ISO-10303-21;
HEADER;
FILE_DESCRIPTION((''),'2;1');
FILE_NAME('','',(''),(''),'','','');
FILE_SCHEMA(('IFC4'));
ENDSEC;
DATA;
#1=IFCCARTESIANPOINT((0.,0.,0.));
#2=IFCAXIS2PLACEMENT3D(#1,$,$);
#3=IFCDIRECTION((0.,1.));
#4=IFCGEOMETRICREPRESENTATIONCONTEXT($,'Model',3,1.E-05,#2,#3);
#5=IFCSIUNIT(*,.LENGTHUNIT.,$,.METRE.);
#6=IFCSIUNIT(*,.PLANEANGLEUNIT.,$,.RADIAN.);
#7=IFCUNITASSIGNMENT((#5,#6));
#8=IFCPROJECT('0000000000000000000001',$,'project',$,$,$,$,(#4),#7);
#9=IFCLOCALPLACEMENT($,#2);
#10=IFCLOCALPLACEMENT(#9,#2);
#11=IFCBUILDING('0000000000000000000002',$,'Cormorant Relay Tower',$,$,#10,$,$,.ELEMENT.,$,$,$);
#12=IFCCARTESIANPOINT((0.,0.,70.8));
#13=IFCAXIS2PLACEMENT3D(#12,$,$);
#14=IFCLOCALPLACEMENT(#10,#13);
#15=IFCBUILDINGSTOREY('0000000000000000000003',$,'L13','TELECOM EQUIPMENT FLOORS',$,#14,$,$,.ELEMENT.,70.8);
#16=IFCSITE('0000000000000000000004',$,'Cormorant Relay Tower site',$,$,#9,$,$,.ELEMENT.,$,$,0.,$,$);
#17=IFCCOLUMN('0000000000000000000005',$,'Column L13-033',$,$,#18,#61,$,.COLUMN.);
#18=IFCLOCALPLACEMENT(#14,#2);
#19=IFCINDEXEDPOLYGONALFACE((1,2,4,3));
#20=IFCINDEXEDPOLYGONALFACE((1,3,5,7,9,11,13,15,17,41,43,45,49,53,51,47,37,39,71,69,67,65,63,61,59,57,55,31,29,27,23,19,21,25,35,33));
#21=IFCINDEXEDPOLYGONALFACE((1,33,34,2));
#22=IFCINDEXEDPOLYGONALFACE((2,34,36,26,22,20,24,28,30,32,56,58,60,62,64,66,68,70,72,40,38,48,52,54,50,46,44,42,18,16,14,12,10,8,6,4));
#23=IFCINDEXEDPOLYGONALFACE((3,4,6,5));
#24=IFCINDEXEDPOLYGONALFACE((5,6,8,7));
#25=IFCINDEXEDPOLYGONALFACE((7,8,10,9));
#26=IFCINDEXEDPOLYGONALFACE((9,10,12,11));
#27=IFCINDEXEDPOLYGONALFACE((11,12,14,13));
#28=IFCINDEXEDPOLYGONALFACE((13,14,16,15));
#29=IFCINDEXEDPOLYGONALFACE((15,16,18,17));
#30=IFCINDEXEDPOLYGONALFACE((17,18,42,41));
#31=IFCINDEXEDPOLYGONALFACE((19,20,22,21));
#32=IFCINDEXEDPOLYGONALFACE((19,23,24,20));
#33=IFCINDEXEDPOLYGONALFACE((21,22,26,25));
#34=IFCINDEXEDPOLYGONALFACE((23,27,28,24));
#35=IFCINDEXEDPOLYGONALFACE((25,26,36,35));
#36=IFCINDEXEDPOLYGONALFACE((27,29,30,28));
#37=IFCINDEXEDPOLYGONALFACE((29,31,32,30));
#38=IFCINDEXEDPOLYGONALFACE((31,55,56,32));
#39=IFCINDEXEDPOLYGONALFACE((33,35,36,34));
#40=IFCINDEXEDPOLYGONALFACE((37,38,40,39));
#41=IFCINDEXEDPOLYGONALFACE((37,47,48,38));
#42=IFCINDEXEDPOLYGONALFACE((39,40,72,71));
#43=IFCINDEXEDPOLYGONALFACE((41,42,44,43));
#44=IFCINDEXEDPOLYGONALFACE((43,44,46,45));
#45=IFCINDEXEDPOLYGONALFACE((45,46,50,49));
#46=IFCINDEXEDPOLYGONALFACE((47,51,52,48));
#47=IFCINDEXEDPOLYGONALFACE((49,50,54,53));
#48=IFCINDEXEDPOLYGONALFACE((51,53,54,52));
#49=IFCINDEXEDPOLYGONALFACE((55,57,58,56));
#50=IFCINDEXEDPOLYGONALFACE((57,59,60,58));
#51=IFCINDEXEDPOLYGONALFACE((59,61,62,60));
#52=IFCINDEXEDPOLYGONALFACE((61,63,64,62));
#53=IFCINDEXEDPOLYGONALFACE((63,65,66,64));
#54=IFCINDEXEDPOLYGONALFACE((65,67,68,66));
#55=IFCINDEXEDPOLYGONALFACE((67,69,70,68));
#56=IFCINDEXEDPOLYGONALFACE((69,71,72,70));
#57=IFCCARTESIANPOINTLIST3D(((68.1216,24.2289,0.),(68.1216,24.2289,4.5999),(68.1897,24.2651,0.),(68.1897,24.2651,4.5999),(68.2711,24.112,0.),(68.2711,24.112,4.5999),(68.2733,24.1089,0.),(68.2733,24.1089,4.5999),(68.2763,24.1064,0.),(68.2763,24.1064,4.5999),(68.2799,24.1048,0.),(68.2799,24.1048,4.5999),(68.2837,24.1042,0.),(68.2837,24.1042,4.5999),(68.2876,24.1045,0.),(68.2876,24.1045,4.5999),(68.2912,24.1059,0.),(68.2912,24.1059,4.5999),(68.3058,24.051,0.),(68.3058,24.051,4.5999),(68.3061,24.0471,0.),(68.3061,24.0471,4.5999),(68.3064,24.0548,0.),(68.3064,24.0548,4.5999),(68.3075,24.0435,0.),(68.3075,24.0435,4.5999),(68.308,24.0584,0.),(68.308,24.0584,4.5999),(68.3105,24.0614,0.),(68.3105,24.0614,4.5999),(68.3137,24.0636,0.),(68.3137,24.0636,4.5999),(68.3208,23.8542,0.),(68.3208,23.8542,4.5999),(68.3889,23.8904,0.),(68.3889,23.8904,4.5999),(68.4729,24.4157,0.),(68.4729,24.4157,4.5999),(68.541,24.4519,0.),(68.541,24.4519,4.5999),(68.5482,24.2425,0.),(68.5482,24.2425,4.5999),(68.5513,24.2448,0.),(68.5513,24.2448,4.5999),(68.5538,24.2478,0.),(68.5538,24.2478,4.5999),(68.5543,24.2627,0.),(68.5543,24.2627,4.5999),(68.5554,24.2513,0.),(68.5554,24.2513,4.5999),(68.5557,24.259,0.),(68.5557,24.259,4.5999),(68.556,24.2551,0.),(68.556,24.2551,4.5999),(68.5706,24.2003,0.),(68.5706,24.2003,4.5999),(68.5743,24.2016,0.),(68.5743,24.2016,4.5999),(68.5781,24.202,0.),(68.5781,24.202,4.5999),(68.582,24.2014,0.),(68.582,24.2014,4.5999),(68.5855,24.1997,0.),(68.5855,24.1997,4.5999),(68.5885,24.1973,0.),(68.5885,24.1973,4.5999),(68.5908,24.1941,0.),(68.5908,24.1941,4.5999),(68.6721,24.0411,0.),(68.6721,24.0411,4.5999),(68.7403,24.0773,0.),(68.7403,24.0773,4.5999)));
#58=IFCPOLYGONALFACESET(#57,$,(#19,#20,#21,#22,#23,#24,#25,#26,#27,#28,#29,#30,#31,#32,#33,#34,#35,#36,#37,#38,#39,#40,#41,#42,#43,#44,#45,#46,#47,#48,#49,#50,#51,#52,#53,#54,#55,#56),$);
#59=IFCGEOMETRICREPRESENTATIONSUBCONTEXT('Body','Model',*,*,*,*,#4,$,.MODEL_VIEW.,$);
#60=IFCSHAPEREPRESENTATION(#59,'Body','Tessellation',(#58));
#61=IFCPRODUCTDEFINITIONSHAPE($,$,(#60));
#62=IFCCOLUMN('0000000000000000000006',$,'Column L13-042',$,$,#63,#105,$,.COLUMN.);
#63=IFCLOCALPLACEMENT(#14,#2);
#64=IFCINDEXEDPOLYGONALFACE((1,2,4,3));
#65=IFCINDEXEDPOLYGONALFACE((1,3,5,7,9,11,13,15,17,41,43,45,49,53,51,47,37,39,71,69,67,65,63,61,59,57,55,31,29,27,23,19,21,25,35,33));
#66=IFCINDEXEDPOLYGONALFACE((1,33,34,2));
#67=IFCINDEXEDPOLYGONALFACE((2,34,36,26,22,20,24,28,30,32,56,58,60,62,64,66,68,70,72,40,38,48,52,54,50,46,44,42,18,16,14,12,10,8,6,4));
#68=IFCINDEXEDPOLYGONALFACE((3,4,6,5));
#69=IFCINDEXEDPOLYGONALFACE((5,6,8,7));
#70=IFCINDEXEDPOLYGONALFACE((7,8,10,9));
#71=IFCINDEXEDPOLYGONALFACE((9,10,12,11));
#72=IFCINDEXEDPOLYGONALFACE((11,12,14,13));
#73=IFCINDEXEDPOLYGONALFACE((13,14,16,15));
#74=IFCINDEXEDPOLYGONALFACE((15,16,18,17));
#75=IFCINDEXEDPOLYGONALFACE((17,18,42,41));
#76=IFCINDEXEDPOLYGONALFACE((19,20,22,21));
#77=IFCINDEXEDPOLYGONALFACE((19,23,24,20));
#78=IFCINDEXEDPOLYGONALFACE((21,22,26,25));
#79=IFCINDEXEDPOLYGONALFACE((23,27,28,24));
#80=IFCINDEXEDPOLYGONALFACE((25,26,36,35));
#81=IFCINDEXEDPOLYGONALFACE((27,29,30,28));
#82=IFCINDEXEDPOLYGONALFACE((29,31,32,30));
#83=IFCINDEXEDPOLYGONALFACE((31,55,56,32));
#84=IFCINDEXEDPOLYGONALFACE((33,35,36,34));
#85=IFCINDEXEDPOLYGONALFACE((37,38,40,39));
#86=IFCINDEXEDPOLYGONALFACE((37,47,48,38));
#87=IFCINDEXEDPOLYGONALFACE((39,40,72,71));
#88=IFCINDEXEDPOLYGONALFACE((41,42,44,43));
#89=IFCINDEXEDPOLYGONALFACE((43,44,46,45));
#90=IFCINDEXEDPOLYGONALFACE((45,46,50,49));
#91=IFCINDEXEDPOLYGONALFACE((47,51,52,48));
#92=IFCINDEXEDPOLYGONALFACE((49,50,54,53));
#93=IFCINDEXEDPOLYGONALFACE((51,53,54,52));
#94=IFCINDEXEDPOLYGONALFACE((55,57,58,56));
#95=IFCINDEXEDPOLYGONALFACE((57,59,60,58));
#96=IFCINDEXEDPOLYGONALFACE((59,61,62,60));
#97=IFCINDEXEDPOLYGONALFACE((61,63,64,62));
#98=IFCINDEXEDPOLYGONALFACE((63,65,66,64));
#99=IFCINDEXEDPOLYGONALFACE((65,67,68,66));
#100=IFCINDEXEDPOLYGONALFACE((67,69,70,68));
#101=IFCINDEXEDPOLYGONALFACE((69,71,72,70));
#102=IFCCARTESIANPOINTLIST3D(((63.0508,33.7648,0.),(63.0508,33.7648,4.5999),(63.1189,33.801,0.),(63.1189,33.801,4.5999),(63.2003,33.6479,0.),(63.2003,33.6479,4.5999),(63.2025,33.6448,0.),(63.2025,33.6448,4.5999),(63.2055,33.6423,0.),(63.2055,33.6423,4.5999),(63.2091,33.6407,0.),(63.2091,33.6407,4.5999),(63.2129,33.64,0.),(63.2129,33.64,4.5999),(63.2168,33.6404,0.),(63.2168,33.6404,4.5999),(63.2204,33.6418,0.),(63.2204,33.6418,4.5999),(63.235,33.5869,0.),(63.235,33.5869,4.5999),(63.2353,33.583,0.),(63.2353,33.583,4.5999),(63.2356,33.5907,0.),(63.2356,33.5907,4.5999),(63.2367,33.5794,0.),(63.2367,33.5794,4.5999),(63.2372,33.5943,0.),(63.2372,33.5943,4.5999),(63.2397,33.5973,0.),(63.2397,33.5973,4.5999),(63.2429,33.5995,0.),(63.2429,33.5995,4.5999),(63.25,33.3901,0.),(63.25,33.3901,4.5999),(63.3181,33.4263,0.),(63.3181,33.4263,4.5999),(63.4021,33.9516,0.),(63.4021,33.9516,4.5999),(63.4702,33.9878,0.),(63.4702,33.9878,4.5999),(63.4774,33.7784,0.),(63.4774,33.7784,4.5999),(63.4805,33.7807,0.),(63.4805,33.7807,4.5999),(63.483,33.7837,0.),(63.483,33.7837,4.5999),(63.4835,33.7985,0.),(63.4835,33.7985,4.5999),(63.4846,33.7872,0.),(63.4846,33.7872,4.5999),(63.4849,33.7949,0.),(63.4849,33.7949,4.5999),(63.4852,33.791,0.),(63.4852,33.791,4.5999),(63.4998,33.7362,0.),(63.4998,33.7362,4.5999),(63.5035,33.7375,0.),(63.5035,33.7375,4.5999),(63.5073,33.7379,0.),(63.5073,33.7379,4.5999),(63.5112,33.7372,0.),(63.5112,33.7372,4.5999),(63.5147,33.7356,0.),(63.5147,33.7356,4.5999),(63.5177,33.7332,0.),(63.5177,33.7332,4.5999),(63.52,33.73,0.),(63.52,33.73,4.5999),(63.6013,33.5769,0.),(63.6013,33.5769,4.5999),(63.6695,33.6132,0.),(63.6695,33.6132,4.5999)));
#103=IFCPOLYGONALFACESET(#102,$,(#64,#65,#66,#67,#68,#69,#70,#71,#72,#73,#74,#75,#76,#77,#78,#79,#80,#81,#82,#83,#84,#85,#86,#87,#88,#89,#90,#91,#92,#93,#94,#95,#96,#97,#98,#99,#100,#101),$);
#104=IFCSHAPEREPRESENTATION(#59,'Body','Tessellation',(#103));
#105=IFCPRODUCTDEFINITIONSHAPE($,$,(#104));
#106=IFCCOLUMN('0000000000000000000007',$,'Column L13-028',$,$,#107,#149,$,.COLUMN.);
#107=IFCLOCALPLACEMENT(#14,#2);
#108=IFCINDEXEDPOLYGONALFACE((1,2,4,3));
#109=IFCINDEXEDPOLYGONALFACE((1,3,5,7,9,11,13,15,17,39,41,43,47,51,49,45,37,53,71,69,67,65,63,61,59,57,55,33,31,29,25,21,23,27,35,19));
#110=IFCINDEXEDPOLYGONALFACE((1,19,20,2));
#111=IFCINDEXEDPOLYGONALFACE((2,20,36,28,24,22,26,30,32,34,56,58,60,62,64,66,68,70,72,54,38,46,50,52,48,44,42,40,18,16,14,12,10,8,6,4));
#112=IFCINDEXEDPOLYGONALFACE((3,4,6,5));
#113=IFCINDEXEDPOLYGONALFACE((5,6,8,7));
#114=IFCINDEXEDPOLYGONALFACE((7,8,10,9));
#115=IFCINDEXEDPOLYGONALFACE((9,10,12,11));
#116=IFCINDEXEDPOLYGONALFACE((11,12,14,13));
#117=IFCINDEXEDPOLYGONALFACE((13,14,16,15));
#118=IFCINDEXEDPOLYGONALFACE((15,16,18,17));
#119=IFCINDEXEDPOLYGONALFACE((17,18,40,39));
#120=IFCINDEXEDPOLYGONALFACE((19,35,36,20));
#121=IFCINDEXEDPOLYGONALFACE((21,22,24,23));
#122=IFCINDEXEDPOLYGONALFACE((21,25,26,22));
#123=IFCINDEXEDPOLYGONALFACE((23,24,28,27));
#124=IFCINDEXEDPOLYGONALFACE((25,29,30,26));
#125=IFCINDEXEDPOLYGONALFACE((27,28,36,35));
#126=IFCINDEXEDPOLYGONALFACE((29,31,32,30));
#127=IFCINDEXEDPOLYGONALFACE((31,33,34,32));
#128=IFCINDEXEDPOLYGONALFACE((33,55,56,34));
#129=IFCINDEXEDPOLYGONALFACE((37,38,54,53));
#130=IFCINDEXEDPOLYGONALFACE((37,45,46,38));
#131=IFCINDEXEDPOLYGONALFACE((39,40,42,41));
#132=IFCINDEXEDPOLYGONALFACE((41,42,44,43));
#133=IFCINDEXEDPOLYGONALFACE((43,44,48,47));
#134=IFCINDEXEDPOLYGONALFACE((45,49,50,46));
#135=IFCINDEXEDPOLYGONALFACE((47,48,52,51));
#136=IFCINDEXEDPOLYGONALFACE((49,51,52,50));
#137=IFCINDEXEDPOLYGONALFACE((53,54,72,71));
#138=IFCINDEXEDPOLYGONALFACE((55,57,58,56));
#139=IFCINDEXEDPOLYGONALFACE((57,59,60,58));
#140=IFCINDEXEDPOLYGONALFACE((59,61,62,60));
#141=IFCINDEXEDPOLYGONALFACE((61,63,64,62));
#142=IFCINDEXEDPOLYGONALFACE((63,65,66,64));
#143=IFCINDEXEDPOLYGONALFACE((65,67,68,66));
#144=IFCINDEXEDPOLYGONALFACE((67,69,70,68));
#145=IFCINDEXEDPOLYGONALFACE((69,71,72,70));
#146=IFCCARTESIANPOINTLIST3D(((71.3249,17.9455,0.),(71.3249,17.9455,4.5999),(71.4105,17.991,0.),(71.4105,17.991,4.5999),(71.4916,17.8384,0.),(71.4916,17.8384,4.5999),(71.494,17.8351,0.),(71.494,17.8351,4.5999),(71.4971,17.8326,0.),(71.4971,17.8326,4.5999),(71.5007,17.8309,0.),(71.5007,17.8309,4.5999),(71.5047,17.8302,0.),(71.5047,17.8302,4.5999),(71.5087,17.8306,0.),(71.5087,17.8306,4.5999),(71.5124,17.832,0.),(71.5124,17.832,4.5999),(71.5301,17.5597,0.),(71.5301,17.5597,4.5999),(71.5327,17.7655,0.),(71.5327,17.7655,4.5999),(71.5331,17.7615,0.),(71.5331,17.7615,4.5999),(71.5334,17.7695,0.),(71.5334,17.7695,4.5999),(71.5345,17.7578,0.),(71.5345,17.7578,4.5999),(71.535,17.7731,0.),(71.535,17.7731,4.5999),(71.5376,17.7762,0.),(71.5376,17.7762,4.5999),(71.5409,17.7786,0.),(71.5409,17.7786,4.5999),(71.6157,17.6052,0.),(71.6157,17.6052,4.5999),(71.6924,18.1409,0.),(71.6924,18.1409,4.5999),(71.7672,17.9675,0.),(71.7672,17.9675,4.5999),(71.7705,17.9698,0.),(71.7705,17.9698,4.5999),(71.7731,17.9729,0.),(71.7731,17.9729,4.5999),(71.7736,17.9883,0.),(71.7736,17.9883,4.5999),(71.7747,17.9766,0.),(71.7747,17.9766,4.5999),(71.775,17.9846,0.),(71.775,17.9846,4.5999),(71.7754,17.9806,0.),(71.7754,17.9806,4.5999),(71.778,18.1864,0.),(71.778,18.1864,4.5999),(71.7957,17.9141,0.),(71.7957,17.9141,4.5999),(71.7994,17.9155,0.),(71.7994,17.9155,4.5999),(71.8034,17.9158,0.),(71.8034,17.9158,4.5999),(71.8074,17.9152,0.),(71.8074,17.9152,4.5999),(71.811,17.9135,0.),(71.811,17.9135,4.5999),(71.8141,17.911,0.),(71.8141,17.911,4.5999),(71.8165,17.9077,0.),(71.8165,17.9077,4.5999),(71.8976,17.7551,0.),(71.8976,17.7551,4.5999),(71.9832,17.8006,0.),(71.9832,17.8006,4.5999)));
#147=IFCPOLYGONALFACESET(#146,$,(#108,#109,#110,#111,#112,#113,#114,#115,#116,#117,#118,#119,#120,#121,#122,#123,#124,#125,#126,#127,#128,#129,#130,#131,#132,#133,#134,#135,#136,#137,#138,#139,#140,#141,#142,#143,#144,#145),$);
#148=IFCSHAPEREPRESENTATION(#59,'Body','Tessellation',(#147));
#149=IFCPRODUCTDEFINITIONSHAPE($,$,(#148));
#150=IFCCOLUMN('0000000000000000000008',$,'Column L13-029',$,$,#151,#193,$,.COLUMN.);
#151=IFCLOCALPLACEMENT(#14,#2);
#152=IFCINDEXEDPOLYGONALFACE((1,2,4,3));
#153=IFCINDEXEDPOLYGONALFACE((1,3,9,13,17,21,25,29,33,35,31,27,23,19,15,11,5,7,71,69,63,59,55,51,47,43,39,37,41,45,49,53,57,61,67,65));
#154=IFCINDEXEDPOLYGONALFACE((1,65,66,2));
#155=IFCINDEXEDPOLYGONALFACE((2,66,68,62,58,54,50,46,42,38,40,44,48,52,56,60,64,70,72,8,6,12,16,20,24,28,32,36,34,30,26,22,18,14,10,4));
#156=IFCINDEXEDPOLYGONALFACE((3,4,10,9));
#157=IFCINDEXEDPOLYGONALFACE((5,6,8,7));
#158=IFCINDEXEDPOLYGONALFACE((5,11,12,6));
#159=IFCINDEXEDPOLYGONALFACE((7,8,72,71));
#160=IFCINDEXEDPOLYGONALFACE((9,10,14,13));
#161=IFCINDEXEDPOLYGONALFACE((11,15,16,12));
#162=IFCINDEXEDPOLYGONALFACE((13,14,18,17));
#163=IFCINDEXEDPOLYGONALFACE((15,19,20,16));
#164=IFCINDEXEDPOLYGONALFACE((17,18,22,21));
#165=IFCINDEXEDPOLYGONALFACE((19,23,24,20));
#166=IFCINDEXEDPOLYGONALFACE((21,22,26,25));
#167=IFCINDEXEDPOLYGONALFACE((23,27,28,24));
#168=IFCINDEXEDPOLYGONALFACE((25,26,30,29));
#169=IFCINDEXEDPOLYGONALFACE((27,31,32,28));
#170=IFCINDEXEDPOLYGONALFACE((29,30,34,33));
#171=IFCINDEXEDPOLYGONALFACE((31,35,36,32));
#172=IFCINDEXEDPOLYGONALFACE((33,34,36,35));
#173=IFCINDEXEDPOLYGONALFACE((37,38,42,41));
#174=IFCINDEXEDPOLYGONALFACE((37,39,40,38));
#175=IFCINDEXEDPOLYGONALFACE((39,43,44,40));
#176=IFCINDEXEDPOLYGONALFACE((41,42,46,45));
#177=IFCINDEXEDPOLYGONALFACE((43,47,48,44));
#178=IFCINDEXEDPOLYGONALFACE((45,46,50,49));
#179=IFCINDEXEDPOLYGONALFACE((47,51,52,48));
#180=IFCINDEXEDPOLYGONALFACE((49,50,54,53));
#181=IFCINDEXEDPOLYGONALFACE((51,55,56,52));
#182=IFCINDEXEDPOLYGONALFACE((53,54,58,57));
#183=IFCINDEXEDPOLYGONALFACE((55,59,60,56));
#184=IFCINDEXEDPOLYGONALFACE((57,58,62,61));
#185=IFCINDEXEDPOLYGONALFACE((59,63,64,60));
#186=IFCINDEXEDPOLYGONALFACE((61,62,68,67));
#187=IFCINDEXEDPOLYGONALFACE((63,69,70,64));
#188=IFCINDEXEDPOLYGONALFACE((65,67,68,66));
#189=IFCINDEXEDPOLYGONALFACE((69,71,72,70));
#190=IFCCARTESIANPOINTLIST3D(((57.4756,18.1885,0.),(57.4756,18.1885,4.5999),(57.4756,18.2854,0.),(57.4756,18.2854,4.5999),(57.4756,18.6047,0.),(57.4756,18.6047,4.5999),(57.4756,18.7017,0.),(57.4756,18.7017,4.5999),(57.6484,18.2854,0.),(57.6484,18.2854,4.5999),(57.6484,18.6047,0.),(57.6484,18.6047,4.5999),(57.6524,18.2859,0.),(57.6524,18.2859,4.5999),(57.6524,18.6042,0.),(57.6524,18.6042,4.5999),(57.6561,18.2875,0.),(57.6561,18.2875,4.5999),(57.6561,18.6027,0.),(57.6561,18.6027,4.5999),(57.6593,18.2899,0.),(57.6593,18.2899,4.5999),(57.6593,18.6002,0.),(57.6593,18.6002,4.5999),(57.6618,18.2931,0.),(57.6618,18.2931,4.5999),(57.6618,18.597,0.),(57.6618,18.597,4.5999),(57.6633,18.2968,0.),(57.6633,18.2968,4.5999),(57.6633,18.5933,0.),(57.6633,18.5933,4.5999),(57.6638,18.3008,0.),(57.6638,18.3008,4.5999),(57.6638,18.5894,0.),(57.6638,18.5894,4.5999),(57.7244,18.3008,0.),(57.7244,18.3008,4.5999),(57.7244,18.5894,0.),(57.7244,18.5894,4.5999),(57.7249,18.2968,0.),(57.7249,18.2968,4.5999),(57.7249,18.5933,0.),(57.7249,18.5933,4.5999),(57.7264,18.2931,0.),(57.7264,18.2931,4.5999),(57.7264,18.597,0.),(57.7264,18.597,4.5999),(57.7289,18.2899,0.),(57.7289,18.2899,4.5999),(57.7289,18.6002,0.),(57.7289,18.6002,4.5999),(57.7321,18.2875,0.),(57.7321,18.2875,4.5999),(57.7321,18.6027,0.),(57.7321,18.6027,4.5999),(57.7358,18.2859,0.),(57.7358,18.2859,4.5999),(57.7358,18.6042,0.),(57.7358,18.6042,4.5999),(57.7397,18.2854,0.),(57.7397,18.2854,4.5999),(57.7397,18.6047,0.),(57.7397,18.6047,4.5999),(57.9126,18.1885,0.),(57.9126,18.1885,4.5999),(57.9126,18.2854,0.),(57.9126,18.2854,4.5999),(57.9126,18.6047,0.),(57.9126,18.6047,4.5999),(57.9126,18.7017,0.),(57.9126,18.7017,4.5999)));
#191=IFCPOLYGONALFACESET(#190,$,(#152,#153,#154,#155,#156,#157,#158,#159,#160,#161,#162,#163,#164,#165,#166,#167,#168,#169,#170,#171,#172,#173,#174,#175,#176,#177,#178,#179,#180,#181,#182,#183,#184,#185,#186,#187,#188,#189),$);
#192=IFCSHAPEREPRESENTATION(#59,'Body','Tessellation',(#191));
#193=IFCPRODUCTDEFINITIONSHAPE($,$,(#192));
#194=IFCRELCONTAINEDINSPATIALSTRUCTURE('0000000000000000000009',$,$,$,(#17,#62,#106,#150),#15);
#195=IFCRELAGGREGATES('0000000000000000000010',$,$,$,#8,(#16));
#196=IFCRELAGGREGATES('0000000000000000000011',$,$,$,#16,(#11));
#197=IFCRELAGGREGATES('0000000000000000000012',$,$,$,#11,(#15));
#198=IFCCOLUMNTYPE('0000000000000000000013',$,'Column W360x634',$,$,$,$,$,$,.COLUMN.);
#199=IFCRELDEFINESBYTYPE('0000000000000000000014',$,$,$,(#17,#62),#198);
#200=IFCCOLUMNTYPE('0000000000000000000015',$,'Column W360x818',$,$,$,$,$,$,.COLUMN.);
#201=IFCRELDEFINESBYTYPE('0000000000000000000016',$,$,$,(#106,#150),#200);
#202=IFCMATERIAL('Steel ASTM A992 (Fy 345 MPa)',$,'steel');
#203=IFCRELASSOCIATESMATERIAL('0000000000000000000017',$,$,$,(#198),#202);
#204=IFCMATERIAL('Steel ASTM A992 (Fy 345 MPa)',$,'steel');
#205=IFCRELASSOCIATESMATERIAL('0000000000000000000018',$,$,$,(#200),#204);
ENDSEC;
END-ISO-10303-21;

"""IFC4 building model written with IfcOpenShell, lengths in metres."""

from ifc_helpers import new_model, si_unit, direction, frame, origin, origin_2d, place, context, subcontext, project, spatial, i_section, extrude, material, material_profile, profile_set, type_object, element, save


model = new_model("IFC4")

# Units and contexts
model_context = context("Model", 3, precision=1e-05, world=origin(), true_north=direction((0.0, 1.0)))
body_context = subcontext(model_context, "Body", "Model", "MODEL_VIEW")
ifc_project = project(units=[si_unit("LENGTHUNIT", "METRE"), si_unit("PLANEANGLEUNIT", "RADIAN")], contexts=[model_context])

# Site, building, storey
site_placement = place(None, origin())
site = spatial("IfcSite", under=ifc_project, at=site_placement, Name="Cormorant Relay Tower site", CompositionType="ELEMENT", RefElevation=0.0)
building_placement = place(site_placement, origin())
building = spatial("IfcBuilding", under=site, at=building_placement, Name="Cormorant Relay Tower", CompositionType="ELEMENT")
storey_placement = place(building_placement, frame((0.0, 0.0, 70.8)))
storey = spatial("IfcBuildingStorey", under=building, at=storey_placement, Name="L13", Description="TELECOM EQUIPMENT FLOORS", CompositionType="ELEMENT", Elevation=70.8)

# Columns
ifc_material_1 = material(Name="Steel ASTM A992 (Fy 345 MPa)", Category="steel")
ifc_material_profile_1 = material_profile(ifc_material_1, i_section(OverallWidth=0.4243, OverallDepth=0.4751, WebThickness=0.0479, FlangeThickness=0.0771, FilletRadius=0.0149, at=origin_2d()), Name="W360x634")
ifc_profile_set_1 = profile_set([ifc_material_profile_1], Name="Steel ASTM A992 (Fy 345 MPa)")
column_type_1 = type_object("IfcColumnType", Name="Column W360x634", PredefinedType="COLUMN", material=ifc_profile_set_1)
for number, where, z_axis, x_axis, name in (
    (1, (68.4309, 24.1531, 0.0), (0.0, 0.0, 1.0), (-0.469472, 0.882948, 0.0), "Column L13-033"),
    (2, (63.3601, 33.689, 0.0), (0.0, 0.0, 1.0), (-0.469472, 0.882948, 0.0), "Column L13-042"),
):
    element("IfcColumn", number, at=place(storey_placement, frame(where, z_axis=z_axis, x_axis=x_axis)), inside=storey, type_object=column_type_1, Name=name, PredefinedType="COLUMN", context=body_context, shape_type="SweptSolid", body=[
        extrude(i_section(OverallWidth=0.4243, OverallDepth=0.4751, WebThickness=0.0479, FlangeThickness=0.0771, FilletRadius=0.0149, at=origin_2d()), origin(), (0.0, 0.0, 1.0), 4.5999),
    ])
ifc_material_2 = material(Name="Steel ASTM A992 (Fy 345 MPa)", Category="steel")
ifc_material_profile_2 = material_profile(ifc_material_2, i_section(OverallWidth=0.437, OverallDepth=0.5132, WebThickness=0.0605, FlangeThickness=0.0969, FilletRadius=0.0154, at=origin_2d()), Name="W360x818")
ifc_profile_set_2 = profile_set([ifc_material_profile_2], Name="Steel ASTM A992 (Fy 345 MPa)")
column_type_2 = type_object("IfcColumnType", Name="Column W360x818", PredefinedType="COLUMN", material=ifc_profile_set_2)
for number, where, z_axis, x_axis, name in (
    (3, (71.6541, 17.873, 0.0), (0.0, 0.0, 1.0), (-0.469472, 0.882948, 0.0), "Column L13-028"),
    (4, (57.6941, 18.4451, 0.0), (0.0, 0.0, 1.0), (1.0, 0.0, 0.0), "Column L13-029"),
):
    element("IfcColumn", number, at=place(storey_placement, frame(where, z_axis=z_axis, x_axis=x_axis)), inside=storey, type_object=column_type_2, Name=name, PredefinedType="COLUMN", context=body_context, shape_type="SweptSolid", body=[
        extrude(i_section(OverallWidth=0.437, OverallDepth=0.5132, WebThickness=0.0605, FlangeThickness=0.0969, FilletRadius=0.0154, at=origin_2d()), origin(), (0.0, 0.0, 1.0), 4.5999),
    ])

save(model, "model.ifc")
